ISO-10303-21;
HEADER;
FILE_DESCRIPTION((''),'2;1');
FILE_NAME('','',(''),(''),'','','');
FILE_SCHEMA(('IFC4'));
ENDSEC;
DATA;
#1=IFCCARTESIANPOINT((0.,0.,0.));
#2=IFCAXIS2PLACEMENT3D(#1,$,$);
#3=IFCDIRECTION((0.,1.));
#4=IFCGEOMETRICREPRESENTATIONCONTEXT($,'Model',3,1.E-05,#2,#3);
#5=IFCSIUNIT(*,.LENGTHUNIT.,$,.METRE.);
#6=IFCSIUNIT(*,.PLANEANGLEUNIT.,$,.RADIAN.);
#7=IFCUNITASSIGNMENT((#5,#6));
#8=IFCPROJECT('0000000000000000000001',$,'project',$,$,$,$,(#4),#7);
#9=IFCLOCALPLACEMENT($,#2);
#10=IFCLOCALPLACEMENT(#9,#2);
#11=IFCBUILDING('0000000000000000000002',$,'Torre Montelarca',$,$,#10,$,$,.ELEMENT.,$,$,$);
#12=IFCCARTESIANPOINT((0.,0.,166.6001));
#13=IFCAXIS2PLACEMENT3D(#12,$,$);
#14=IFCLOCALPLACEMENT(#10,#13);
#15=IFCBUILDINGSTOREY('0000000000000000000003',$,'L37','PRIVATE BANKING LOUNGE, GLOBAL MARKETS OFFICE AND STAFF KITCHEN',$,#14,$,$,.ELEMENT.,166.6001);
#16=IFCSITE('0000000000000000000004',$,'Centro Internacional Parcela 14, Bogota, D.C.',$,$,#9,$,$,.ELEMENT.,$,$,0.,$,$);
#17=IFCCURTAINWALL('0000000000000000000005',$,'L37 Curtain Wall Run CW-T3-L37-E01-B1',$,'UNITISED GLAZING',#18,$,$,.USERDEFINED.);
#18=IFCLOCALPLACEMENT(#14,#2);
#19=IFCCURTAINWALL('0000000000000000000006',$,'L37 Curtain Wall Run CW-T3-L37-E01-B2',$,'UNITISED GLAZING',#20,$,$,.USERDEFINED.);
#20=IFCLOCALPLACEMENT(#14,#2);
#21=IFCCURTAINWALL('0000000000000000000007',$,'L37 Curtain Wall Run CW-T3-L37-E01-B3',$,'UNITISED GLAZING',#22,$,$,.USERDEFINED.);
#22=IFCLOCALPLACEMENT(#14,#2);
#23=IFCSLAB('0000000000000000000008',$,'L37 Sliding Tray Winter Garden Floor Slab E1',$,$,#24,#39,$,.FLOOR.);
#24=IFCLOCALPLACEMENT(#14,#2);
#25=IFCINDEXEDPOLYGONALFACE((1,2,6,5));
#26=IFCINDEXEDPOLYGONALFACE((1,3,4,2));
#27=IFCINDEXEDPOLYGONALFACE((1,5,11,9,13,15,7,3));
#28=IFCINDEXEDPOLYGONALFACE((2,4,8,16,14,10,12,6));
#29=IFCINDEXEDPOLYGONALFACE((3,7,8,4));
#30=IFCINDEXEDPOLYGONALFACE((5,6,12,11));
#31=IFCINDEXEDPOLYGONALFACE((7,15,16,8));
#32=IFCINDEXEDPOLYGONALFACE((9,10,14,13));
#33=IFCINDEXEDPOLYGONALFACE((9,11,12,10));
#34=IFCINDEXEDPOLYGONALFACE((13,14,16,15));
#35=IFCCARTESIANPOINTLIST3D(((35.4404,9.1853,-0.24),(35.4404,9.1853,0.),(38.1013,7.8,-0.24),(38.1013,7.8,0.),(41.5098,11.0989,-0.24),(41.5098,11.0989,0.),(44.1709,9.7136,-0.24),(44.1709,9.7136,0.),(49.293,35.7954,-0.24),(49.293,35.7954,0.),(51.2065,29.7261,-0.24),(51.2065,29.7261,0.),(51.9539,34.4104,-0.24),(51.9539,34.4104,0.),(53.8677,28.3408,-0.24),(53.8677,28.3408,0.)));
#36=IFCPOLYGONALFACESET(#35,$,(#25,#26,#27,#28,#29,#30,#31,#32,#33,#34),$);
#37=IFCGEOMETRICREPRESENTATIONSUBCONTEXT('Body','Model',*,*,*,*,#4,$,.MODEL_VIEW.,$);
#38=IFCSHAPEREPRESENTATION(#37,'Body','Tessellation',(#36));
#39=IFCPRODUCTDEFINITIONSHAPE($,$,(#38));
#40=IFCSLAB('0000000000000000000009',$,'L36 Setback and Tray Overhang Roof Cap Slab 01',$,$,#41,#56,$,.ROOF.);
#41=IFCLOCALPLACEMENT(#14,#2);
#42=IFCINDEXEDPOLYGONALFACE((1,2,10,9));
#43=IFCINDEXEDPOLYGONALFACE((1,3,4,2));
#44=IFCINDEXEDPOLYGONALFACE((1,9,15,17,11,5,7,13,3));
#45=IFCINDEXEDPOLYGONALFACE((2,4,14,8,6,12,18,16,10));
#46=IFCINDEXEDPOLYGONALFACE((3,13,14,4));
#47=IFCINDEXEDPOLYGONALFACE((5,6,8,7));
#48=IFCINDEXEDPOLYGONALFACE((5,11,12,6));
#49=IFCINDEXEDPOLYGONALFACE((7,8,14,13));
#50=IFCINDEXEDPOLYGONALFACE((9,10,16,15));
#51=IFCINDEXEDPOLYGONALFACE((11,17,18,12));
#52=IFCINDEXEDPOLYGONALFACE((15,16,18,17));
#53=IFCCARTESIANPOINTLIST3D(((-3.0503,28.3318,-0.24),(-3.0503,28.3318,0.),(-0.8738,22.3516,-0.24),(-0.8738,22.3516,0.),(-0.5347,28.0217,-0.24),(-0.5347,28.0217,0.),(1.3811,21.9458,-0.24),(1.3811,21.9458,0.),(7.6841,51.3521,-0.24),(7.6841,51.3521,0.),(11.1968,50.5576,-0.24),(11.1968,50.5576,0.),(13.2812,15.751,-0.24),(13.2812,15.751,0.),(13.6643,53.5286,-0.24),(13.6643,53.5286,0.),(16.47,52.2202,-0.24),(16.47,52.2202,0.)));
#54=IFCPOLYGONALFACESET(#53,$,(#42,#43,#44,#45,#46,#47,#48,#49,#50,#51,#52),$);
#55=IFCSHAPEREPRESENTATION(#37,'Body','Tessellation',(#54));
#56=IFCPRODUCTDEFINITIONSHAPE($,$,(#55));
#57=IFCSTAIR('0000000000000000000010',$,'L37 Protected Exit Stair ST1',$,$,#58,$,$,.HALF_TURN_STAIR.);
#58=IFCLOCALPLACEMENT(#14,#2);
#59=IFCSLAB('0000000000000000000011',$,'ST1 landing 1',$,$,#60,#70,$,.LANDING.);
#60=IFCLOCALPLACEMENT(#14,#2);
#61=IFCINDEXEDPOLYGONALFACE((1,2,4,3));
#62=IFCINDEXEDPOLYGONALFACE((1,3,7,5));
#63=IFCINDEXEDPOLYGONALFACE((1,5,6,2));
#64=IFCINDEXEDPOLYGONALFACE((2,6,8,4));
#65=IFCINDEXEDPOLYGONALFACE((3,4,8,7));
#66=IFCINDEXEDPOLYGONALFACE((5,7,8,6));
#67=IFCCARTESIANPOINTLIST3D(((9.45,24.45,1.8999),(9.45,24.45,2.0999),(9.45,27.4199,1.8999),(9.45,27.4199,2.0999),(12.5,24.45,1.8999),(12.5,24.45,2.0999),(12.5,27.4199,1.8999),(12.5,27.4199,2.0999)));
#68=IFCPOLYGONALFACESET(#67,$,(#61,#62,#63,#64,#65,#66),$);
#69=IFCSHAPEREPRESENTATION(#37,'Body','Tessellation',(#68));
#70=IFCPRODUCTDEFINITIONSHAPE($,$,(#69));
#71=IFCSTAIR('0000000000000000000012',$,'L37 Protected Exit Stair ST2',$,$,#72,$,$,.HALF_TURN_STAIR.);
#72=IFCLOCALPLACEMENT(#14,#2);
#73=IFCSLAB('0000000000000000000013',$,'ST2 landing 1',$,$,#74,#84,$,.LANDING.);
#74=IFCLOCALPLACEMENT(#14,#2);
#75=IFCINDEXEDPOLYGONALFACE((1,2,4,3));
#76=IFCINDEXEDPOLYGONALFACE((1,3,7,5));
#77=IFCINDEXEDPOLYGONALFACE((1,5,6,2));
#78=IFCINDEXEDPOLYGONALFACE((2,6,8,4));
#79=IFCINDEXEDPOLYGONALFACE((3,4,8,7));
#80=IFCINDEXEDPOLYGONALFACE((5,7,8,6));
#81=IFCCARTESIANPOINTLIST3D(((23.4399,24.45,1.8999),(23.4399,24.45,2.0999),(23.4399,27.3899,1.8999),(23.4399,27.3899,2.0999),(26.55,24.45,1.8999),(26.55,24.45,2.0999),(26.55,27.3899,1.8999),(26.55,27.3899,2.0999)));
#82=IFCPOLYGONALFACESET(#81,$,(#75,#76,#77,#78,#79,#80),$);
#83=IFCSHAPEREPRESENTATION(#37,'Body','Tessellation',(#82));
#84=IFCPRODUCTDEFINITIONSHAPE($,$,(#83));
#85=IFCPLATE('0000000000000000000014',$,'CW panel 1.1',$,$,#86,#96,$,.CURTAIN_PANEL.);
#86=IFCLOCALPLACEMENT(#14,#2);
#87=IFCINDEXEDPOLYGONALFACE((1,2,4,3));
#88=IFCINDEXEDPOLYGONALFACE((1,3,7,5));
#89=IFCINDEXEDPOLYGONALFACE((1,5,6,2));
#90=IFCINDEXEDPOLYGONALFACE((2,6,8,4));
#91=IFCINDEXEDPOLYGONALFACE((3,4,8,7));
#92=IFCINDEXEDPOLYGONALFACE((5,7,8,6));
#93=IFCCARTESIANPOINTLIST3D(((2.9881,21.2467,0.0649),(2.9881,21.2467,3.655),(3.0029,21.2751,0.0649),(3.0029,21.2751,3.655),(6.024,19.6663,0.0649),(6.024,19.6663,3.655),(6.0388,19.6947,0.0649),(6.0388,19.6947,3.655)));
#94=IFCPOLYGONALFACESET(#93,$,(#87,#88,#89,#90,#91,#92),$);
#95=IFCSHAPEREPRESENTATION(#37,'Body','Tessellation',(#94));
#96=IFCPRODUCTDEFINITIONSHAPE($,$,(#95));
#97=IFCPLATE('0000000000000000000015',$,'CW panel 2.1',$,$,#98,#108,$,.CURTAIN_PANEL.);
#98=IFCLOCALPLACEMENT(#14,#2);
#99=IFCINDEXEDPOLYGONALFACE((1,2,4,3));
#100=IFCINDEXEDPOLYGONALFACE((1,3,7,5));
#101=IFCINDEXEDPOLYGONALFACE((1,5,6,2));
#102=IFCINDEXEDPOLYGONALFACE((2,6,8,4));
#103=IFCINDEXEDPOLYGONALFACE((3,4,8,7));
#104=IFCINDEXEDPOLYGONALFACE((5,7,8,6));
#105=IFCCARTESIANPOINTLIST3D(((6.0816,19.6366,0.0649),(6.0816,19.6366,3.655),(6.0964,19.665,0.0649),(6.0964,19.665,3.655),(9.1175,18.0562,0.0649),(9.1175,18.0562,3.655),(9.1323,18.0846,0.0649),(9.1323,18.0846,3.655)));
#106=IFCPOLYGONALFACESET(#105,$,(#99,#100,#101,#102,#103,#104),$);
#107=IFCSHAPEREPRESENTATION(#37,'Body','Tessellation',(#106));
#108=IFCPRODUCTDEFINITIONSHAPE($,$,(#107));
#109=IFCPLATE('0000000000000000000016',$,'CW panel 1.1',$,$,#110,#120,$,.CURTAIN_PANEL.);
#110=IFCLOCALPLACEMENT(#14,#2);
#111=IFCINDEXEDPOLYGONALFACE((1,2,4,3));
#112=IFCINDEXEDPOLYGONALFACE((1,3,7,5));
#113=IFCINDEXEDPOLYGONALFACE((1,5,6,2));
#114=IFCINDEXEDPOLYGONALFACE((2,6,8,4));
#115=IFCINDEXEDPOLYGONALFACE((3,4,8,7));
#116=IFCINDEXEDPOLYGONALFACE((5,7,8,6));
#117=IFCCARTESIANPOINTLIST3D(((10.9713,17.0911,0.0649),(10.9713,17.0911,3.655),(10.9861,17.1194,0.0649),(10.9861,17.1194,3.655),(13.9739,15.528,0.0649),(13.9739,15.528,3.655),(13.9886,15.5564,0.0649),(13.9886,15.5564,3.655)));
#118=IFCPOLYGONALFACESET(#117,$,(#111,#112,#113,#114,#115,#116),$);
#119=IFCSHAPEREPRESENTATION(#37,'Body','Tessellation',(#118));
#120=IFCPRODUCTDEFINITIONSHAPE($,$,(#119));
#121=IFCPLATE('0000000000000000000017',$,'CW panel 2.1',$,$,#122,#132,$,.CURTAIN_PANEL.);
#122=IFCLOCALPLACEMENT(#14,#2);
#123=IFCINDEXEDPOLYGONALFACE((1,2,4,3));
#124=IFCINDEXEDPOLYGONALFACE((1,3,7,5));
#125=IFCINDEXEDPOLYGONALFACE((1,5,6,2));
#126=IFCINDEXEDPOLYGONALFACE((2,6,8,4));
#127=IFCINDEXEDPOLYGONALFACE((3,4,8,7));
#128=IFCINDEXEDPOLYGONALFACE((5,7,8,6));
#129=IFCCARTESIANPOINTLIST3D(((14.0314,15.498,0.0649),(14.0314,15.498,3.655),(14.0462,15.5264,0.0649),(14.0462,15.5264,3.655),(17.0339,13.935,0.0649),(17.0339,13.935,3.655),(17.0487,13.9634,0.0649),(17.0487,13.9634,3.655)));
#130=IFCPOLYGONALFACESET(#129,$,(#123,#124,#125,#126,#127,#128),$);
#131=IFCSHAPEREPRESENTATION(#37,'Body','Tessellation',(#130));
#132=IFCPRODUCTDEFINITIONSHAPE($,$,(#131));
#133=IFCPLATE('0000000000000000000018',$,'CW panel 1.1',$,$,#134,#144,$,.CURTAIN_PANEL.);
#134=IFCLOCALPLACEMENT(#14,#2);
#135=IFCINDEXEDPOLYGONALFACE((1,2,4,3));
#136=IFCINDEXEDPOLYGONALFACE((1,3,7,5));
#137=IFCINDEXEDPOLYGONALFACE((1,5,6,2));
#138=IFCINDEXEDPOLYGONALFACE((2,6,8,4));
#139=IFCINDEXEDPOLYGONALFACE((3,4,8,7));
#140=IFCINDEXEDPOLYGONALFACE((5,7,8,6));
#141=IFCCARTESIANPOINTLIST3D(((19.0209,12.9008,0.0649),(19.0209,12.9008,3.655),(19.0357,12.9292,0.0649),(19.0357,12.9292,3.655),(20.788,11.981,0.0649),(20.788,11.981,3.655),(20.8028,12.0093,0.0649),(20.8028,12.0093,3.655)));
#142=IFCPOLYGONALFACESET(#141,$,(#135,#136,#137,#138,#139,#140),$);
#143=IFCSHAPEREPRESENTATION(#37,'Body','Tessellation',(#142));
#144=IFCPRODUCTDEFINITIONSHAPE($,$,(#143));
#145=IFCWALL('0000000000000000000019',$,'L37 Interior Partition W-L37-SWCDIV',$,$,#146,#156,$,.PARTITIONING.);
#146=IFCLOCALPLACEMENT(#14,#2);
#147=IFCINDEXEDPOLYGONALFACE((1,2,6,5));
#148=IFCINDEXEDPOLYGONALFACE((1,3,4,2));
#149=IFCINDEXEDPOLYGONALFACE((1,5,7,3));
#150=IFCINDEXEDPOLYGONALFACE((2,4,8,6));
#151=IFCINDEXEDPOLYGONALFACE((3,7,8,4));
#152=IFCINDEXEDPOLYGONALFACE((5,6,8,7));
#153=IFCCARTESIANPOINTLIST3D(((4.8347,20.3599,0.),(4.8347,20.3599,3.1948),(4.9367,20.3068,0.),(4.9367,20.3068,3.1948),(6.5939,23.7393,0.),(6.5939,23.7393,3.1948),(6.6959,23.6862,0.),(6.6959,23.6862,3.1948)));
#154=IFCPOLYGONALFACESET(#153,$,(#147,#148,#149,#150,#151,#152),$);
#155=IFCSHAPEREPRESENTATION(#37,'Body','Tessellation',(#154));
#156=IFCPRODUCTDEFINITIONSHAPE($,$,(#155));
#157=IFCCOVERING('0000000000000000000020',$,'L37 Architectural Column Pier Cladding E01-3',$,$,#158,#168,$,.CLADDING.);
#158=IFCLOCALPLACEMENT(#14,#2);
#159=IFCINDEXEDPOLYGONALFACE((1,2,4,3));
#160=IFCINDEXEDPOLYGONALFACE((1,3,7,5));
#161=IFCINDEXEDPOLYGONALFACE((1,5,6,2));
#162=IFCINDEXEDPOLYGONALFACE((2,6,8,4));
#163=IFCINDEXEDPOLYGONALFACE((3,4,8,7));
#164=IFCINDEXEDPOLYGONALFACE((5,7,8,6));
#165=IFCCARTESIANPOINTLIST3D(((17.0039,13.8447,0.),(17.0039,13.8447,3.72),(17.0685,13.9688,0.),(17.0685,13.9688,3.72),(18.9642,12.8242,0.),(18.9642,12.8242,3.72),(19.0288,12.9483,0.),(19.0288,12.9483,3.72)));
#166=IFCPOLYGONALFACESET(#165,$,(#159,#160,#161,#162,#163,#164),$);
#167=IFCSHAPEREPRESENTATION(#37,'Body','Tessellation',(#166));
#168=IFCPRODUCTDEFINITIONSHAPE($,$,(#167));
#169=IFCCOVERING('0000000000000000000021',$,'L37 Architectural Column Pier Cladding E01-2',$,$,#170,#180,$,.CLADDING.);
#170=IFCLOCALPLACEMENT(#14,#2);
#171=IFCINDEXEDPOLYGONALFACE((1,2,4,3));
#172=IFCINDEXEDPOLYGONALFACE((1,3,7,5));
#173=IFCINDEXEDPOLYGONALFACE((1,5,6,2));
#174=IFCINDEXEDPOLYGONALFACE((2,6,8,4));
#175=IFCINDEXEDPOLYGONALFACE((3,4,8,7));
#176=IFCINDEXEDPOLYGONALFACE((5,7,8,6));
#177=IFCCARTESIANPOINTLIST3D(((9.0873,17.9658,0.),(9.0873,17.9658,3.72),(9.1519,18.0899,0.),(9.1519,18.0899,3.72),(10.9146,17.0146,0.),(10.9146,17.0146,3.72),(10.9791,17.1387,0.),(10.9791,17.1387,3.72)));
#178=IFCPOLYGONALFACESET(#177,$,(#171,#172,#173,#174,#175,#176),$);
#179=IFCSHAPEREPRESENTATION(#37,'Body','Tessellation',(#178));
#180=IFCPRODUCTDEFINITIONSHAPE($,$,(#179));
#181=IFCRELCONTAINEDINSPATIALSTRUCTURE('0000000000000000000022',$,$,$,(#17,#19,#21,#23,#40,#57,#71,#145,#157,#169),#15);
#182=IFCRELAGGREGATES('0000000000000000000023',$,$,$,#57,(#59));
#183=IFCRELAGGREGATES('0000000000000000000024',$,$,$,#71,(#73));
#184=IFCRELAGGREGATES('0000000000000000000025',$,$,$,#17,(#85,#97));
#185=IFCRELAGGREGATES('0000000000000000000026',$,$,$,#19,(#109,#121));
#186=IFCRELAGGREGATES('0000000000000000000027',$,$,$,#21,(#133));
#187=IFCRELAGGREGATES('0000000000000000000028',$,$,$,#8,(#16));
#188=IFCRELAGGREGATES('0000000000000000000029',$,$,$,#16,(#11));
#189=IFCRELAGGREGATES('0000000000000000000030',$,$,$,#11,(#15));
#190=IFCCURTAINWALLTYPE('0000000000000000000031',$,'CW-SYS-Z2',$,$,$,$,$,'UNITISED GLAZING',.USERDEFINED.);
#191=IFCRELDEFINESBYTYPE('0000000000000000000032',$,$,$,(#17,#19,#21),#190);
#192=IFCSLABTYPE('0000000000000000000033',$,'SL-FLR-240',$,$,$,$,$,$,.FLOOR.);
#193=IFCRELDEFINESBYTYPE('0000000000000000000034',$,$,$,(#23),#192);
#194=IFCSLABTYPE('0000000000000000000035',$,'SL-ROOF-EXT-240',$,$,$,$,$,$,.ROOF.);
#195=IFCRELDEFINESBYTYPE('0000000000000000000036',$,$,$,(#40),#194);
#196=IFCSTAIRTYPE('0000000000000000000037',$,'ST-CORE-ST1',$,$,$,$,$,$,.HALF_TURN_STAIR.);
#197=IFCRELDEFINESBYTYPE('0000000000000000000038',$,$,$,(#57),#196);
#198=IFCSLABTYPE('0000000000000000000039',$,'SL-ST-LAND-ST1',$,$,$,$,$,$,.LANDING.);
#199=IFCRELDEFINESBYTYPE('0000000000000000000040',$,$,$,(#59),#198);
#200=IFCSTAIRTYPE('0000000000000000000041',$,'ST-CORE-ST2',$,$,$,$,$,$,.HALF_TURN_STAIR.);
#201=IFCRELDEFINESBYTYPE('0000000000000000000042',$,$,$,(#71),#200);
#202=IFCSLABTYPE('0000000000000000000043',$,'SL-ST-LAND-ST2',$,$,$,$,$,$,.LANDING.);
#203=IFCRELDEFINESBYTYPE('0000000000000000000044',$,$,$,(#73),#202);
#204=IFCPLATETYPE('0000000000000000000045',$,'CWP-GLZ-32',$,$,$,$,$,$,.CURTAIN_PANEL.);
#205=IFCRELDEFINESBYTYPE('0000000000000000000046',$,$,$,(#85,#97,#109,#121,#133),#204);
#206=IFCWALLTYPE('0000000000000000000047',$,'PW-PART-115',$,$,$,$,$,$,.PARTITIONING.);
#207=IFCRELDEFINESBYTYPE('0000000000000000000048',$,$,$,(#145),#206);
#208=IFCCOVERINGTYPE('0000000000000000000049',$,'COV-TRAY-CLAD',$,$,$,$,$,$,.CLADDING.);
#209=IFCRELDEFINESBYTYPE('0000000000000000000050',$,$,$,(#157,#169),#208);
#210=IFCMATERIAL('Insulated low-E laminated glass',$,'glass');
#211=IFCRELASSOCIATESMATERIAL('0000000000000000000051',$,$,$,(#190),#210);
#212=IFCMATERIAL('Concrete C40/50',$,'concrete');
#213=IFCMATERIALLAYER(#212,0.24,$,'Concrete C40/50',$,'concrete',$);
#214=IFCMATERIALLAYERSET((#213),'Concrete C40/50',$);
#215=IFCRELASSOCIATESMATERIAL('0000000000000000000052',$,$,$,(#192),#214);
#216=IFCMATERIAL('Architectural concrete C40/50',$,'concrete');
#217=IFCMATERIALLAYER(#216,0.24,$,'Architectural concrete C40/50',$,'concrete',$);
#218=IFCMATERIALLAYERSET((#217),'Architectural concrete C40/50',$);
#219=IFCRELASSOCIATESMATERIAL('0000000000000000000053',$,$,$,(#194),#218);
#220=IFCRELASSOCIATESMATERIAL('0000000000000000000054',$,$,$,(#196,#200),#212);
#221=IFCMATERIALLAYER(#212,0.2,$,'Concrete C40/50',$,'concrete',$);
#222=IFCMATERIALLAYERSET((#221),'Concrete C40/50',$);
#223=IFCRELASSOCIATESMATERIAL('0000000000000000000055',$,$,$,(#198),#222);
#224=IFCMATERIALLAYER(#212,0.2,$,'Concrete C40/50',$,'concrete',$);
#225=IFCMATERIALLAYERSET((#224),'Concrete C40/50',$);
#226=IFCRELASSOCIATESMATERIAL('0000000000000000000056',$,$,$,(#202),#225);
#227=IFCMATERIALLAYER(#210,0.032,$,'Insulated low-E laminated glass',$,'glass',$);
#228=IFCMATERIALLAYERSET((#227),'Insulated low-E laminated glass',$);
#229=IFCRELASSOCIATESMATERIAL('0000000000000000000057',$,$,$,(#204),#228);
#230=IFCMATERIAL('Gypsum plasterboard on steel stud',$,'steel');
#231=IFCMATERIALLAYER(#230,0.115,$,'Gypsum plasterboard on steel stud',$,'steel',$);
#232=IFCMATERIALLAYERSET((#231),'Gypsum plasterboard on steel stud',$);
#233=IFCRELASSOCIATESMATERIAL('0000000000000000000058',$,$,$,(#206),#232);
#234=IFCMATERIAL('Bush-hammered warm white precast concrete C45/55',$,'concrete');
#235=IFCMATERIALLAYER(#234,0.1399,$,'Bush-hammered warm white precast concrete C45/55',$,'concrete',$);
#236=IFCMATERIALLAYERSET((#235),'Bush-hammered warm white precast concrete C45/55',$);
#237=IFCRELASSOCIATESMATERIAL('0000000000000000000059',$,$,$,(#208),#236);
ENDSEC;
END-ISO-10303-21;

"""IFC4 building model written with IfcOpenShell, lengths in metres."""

from ifc_helpers import new_model, si_unit, direction, frame, frame_2d, origin, origin_2d, place, context, subcontext, project, spatial, polyline, rectangle, outline, extrude, source, transform, mapped, material, layer, layer_set, type_object, element, aggregate, save


model = new_model("IFC4")

# Units and contexts
model_context = context("Model", 3, precision=1e-05, world=origin(), true_north=direction((0.0, 1.0)))
body_context = subcontext(model_context, "Body", "Model", "MODEL_VIEW")
ifc_project = project(units=[si_unit("LENGTHUNIT", "METRE"), si_unit("PLANEANGLEUNIT", "RADIAN")], contexts=[model_context])

# Site, building, storey
site_placement = place(None, origin())
site = spatial("IfcSite", under=ifc_project, at=site_placement, Name="Centro Internacional Parcela 14, Bogota, D.C.", CompositionType="ELEMENT", RefElevation=0.0)
building_placement = place(site_placement, origin())
building = spatial("IfcBuilding", under=site, at=building_placement, Name="Torre Montelarca", CompositionType="ELEMENT")
storey_placement = place(building_placement, frame((0.0, 0.0, 166.6001)))
storey = spatial("IfcBuildingStorey", under=building, at=storey_placement, Name="L37", Description="PRIVATE BANKING LOUNGE, GLOBAL MARKETS OFFICE AND STAFF KITCHEN", CompositionType="ELEMENT", Elevation=166.6001)

# Curtain walls
ifc_material_1 = material(Name="Insulated low-E laminated glass", Category="glass")
curtain_wall_type = type_object("IfcCurtainWallType", Name="CW-SYS-Z2", ElementType="UNITISED GLAZING", PredefinedType="USERDEFINED", material=ifc_material_1)
curtain_wall_1_placement = place(storey_placement, origin())
curtain_wall_1 = element("IfcCurtainWall", 1, at=curtain_wall_1_placement, inside=storey, type_object=curtain_wall_type, Name="L37 Curtain Wall Run CW-T3-L37-E01-B1", ObjectType="UNITISED GLAZING", PredefinedType="USERDEFINED")
curtain_wall_2_placement = place(storey_placement, origin())
curtain_wall_2 = element("IfcCurtainWall", 2, at=curtain_wall_2_placement, inside=storey, type_object=curtain_wall_type, Name="L37 Curtain Wall Run CW-T3-L37-E01-B2", ObjectType="UNITISED GLAZING", PredefinedType="USERDEFINED")
curtain_wall_3_placement = place(storey_placement, origin())
curtain_wall_3 = element("IfcCurtainWall", 3, at=curtain_wall_3_placement, inside=storey, type_object=curtain_wall_type, Name="L37 Curtain Wall Run CW-T3-L37-E01-B3", ObjectType="UNITISED GLAZING", PredefinedType="USERDEFINED")

# Slabs
ifc_material_2 = material(Name="Concrete C40/50", Category="concrete")
ifc_layer_1 = layer(ifc_material_2, 0.24, Name="Concrete C40/50", Category="concrete")
ifc_layer_set_1 = layer_set([ifc_layer_1], Name="Concrete C40/50")
slab_type_1 = type_object("IfcSlabType", Name="SL-FLR-240", PredefinedType="FLOOR", material=ifc_layer_set_1)
slab_1_placement = place(storey_placement, frame((0.0, 0.0, -0.24)))
element("IfcSlab", 4, at=slab_1_placement, inside=storey, type_object=slab_type_1, Name="L37 Sliding Tray Winter Garden Floor Slab E1", PredefinedType="FLOOR", context=body_context, shape_type="SweptSolid", body=[
    extrude(outline(polyline([(49.293, 35.7954), (51.2065, 29.7261), (41.5098, 11.0989), (35.4404, 9.1853), (38.1013, 7.8), (44.1709, 9.7136), (53.8677, 28.3408), (51.9539, 34.4104), (49.293, 35.7954)])), origin(), (0.0, 0.0, 1.0), 0.24),
])
ifc_material_3 = material(Name="Architectural concrete C40/50", Category="concrete")
ifc_layer_2 = layer(ifc_material_3, 0.24, Name="Architectural concrete C40/50", Category="concrete")
ifc_layer_set_2 = layer_set([ifc_layer_2], Name="Architectural concrete C40/50")
slab_type_2 = type_object("IfcSlabType", Name="SL-ROOF-EXT-240", PredefinedType="ROOF", material=ifc_layer_set_2)
slab_2_placement = place(storey_placement, frame((0.0, 0.0, -0.24)))
element("IfcSlab", 5, at=slab_2_placement, inside=storey, type_object=slab_type_2, Name="L36 Setback and Tray Overhang Roof Cap Slab 01", PredefinedType="ROOF", context=body_context, shape_type="SweptSolid", body=[
    extrude(outline(polyline([(1.3811, 21.9458), (-0.5347, 28.0217), (11.1968, 50.5576), (16.47, 52.2202), (13.6643, 53.5286), (7.6841, 51.3521), (-3.0503, 28.3318), (-0.8738, 22.3516), (13.2812, 15.751), (1.3811, 21.9458)])), origin(), (0.0, 0.0, 1.0), 0.24),
])

# Stairs, slabs
stair_type_1 = type_object("IfcStairType", Name="ST-CORE-ST1", PredefinedType="HALF_TURN_STAIR", material=ifc_material_2)
stair_1_placement = place(storey_placement, origin())
stair_1 = element("IfcStair", 6, at=stair_1_placement, inside=storey, type_object=stair_type_1, Name="L37 Protected Exit Stair ST1", PredefinedType="HALF_TURN_STAIR")
ifc_layer_3 = layer(ifc_material_2, 0.2, Name="Concrete C40/50", Category="concrete")
ifc_layer_set_3 = layer_set([ifc_layer_3], Name="Concrete C40/50")
slab_type_3 = type_object("IfcSlabType", Name="SL-ST-LAND-ST1", PredefinedType="LANDING", material=ifc_layer_set_3)
slab_3_placement = place(storey_placement, frame((0.0, 0.0, 1.8999)))
slab_3 = element("IfcSlab", 7, at=slab_3_placement, type_object=slab_type_3, Name="ST1 landing 1", PredefinedType="LANDING", context=body_context, shape_type="SweptSolid", body=[
    extrude(outline(polyline([(9.45, 27.4199), (9.45, 24.45), (12.5, 24.45), (12.5, 27.4199), (9.45, 27.4199)])), origin(), (0.0, 0.0, 1.0), 0.2),
])
aggregate(stair_1, [slab_3])
stair_type_2 = type_object("IfcStairType", Name="ST-CORE-ST2", PredefinedType="HALF_TURN_STAIR", material=ifc_material_2)
stair_2_placement = place(storey_placement, origin())
stair_2 = element("IfcStair", 8, at=stair_2_placement, inside=storey, type_object=stair_type_2, Name="L37 Protected Exit Stair ST2", PredefinedType="HALF_TURN_STAIR")
ifc_layer_4 = layer(ifc_material_2, 0.2, Name="Concrete C40/50", Category="concrete")
ifc_layer_set_4 = layer_set([ifc_layer_4], Name="Concrete C40/50")
slab_type_4 = type_object("IfcSlabType", Name="SL-ST-LAND-ST2", PredefinedType="LANDING", material=ifc_layer_set_4)
slab_4_placement = place(storey_placement, frame((0.0, 0.0, 1.8999)))
slab_4 = element("IfcSlab", 9, at=slab_4_placement, type_object=slab_type_4, Name="ST2 landing 1", PredefinedType="LANDING", context=body_context, shape_type="SweptSolid", body=[
    extrude(outline(polyline([(23.4399, 27.3899), (23.4399, 24.45), (26.55, 24.45), (26.55, 27.3899), (23.4399, 27.3899)])), origin(), (0.0, 0.0, 1.0), 0.2),
])
aggregate(stair_2, [slab_4])

# Plates
ifc_layer_5 = layer(ifc_material_1, 0.032, Name="Insulated low-E laminated glass", Category="glass")
ifc_layer_set_5 = layer_set([ifc_layer_5], Name="Insulated low-E laminated glass")
plate_type = type_object("IfcPlateType", Name="CWP-GLZ-32", PredefinedType="CURTAIN_PANEL", material=ifc_layer_set_5)
shared_shape_1 = source(origin(), body_context, "Body", "SweptSolid", [
    extrude(rectangle(XDim=3.4226, YDim=0.032, at=origin_2d()), origin(), (0.0, 0.0, 1.0), 3.5901),
])
plate_1_placement = place(storey_placement, frame((4.5134, 20.4707, 0.0649), z_axis=(0.0, 0.0, 1.0), x_axis=(0.887013, -0.461745, 0.0)))
plate_1 = element("IfcPlate", 10, at=plate_1_placement, type_object=plate_type, Name="CW panel 1.1", PredefinedType="CURTAIN_PANEL", context=body_context, shape_type="MappedRepresentation", body=[
    mapped(shared_shape_1, transform((0.0, 0.0, 0.0), scale=1.0)),
])
plate_2_placement = place(storey_placement, frame((7.6069, 18.8606, 0.0649), z_axis=(0.0, 0.0, 1.0), x_axis=(0.887013, -0.461745, 0.0)))
plate_2 = element("IfcPlate", 11, at=plate_2_placement, type_object=plate_type, Name="CW panel 2.1", PredefinedType="CURTAIN_PANEL", context=body_context, shape_type="MappedRepresentation", body=[
    mapped(shared_shape_1, transform((0.0, 0.0, 0.0), scale=1.0)),
])
aggregate(curtain_wall_1, [plate_1, plate_2])
shared_shape_2 = source(origin(), body_context, "Body", "SweptSolid", [
    extrude(rectangle(XDim=3.385, YDim=0.032, at=origin_2d()), origin(), (0.0, 0.0, 1.0), 3.5901),
])
plate_3_placement = place(storey_placement, frame((12.48, 16.3237, 0.0649), z_axis=(0.0, 0.0, 1.0), x_axis=(0.887009, -0.461753, 0.0)))
plate_3 = element("IfcPlate", 12, at=plate_3_placement, type_object=plate_type, Name="CW panel 1.1", PredefinedType="CURTAIN_PANEL", context=body_context, shape_type="MappedRepresentation", body=[
    mapped(shared_shape_2, transform((0.0, 0.0, 0.0), scale=1.0)),
])
plate_4_placement = place(storey_placement, frame((15.54, 14.7307, 0.0649), z_axis=(0.0, 0.0, 1.0), x_axis=(0.887009, -0.461753, 0.0)))
plate_4 = element("IfcPlate", 13, at=plate_4_placement, type_object=plate_type, Name="CW panel 2.1", PredefinedType="CURTAIN_PANEL", context=body_context, shape_type="MappedRepresentation", body=[
    mapped(shared_shape_2, transform((0.0, 0.0, 0.0), scale=1.0)),
])
aggregate(curtain_wall_2, [plate_3, plate_4])
shared_shape_3 = source(origin(), body_context, "Body", "SweptSolid", [
    extrude(rectangle(XDim=1.9922, YDim=0.032, at=origin_2d()), origin(), (0.0, 0.0, 1.0), 3.5901),
])
plate_5_placement = place(storey_placement, frame((19.9119, 12.4551, 0.0649), z_axis=(0.0, 0.0, 1.0), x_axis=(0.887015, -0.461741, 0.0)))
plate_5 = element("IfcPlate", 14, at=plate_5_placement, type_object=plate_type, Name="CW panel 1.1", PredefinedType="CURTAIN_PANEL", context=body_context, shape_type="MappedRepresentation", body=[
    mapped(shared_shape_3, transform((0.0, 0.0, 0.0), scale=1.0)),
])
aggregate(curtain_wall_3, [plate_5])

# Wall
ifc_material_4 = material(Name="Gypsum plasterboard on steel stud", Category="steel")
ifc_layer_6 = layer(ifc_material_4, 0.115, Name="Gypsum plasterboard on steel stud", Category="steel")
ifc_layer_set_6 = layer_set([ifc_layer_6], Name="Gypsum plasterboard on steel stud")
wall_type = type_object("IfcWallType", Name="PW-PART-115", PredefinedType="PARTITIONING", material=ifc_layer_set_6)
wall_placement = place(storey_placement, frame((4.8857, 20.3335, 0.0), z_axis=(0.0, 0.0, 1.0), x_axis=(0.461764, 0.887003, 0.0)))
element("IfcWall", 15, at=wall_placement, inside=storey, type_object=wall_type, Name="L37 Interior Partition W-L37-SWCDIV", PredefinedType="PARTITIONING", context=body_context, shape_type="SweptSolid", body=[
    extrude(rectangle(XDim=3.8098, YDim=0.115, at=frame_2d((1.9048, 0.0))), origin(), (0.0, 0.0, 1.0), 3.1948),
])

# Coverings
ifc_material_5 = material(Name="Bush-hammered warm white precast concrete C45/55", Category="concrete")
ifc_layer_7 = layer(ifc_material_5, 0.1399, Name="Bush-hammered warm white precast concrete C45/55", Category="concrete")
ifc_layer_set_7 = layer_set([ifc_layer_7], Name="Bush-hammered warm white precast concrete C45/55")
covering_type = type_object("IfcCoveringType", Name="COV-TRAY-CLAD", PredefinedType="CLADDING", material=ifc_layer_set_7)
shared_shape_4 = source(origin(), body_context, "Body", "SweptSolid", [
    extrude(rectangle(XDim=2.21, YDim=0.1399, at=origin_2d()), origin(), (0.0, 0.0, 1.0), 3.72),
])
covering_1_placement = place(storey_placement, frame((18.0164, 13.3965, 0.0), z_axis=(0.0, 0.0, 1.0), x_axis=(0.887011, -0.461749, 0.0)))
element("IfcCovering", 16, at=covering_1_placement, inside=storey, type_object=covering_type, Name="L37 Architectural Column Pier Cladding E01-3", PredefinedType="CLADDING", context=body_context, shape_type="MappedRepresentation", body=[
    mapped(shared_shape_4, transform((0.0, 0.0, 0.0), scale=1.0)),
])
shared_shape_5 = source(origin(), body_context, "Body", "SweptSolid", [
    extrude(rectangle(XDim=2.0601, YDim=0.1399, at=origin_2d()), origin(), (0.0, 0.0, 1.0), 3.72),
])
covering_2_placement = place(storey_placement, frame((10.0332, 17.5522, 0.0), z_axis=(0.0, 0.0, 1.0), x_axis=(0.887011, -0.461749, 0.0)))
element("IfcCovering", 17, at=covering_2_placement, inside=storey, type_object=covering_type, Name="L37 Architectural Column Pier Cladding E01-2", PredefinedType="CLADDING", context=body_context, shape_type="MappedRepresentation", body=[
    mapped(shared_shape_5, transform((0.0, 0.0, 0.0), scale=1.0)),
])

save(model, "model.ifc")
